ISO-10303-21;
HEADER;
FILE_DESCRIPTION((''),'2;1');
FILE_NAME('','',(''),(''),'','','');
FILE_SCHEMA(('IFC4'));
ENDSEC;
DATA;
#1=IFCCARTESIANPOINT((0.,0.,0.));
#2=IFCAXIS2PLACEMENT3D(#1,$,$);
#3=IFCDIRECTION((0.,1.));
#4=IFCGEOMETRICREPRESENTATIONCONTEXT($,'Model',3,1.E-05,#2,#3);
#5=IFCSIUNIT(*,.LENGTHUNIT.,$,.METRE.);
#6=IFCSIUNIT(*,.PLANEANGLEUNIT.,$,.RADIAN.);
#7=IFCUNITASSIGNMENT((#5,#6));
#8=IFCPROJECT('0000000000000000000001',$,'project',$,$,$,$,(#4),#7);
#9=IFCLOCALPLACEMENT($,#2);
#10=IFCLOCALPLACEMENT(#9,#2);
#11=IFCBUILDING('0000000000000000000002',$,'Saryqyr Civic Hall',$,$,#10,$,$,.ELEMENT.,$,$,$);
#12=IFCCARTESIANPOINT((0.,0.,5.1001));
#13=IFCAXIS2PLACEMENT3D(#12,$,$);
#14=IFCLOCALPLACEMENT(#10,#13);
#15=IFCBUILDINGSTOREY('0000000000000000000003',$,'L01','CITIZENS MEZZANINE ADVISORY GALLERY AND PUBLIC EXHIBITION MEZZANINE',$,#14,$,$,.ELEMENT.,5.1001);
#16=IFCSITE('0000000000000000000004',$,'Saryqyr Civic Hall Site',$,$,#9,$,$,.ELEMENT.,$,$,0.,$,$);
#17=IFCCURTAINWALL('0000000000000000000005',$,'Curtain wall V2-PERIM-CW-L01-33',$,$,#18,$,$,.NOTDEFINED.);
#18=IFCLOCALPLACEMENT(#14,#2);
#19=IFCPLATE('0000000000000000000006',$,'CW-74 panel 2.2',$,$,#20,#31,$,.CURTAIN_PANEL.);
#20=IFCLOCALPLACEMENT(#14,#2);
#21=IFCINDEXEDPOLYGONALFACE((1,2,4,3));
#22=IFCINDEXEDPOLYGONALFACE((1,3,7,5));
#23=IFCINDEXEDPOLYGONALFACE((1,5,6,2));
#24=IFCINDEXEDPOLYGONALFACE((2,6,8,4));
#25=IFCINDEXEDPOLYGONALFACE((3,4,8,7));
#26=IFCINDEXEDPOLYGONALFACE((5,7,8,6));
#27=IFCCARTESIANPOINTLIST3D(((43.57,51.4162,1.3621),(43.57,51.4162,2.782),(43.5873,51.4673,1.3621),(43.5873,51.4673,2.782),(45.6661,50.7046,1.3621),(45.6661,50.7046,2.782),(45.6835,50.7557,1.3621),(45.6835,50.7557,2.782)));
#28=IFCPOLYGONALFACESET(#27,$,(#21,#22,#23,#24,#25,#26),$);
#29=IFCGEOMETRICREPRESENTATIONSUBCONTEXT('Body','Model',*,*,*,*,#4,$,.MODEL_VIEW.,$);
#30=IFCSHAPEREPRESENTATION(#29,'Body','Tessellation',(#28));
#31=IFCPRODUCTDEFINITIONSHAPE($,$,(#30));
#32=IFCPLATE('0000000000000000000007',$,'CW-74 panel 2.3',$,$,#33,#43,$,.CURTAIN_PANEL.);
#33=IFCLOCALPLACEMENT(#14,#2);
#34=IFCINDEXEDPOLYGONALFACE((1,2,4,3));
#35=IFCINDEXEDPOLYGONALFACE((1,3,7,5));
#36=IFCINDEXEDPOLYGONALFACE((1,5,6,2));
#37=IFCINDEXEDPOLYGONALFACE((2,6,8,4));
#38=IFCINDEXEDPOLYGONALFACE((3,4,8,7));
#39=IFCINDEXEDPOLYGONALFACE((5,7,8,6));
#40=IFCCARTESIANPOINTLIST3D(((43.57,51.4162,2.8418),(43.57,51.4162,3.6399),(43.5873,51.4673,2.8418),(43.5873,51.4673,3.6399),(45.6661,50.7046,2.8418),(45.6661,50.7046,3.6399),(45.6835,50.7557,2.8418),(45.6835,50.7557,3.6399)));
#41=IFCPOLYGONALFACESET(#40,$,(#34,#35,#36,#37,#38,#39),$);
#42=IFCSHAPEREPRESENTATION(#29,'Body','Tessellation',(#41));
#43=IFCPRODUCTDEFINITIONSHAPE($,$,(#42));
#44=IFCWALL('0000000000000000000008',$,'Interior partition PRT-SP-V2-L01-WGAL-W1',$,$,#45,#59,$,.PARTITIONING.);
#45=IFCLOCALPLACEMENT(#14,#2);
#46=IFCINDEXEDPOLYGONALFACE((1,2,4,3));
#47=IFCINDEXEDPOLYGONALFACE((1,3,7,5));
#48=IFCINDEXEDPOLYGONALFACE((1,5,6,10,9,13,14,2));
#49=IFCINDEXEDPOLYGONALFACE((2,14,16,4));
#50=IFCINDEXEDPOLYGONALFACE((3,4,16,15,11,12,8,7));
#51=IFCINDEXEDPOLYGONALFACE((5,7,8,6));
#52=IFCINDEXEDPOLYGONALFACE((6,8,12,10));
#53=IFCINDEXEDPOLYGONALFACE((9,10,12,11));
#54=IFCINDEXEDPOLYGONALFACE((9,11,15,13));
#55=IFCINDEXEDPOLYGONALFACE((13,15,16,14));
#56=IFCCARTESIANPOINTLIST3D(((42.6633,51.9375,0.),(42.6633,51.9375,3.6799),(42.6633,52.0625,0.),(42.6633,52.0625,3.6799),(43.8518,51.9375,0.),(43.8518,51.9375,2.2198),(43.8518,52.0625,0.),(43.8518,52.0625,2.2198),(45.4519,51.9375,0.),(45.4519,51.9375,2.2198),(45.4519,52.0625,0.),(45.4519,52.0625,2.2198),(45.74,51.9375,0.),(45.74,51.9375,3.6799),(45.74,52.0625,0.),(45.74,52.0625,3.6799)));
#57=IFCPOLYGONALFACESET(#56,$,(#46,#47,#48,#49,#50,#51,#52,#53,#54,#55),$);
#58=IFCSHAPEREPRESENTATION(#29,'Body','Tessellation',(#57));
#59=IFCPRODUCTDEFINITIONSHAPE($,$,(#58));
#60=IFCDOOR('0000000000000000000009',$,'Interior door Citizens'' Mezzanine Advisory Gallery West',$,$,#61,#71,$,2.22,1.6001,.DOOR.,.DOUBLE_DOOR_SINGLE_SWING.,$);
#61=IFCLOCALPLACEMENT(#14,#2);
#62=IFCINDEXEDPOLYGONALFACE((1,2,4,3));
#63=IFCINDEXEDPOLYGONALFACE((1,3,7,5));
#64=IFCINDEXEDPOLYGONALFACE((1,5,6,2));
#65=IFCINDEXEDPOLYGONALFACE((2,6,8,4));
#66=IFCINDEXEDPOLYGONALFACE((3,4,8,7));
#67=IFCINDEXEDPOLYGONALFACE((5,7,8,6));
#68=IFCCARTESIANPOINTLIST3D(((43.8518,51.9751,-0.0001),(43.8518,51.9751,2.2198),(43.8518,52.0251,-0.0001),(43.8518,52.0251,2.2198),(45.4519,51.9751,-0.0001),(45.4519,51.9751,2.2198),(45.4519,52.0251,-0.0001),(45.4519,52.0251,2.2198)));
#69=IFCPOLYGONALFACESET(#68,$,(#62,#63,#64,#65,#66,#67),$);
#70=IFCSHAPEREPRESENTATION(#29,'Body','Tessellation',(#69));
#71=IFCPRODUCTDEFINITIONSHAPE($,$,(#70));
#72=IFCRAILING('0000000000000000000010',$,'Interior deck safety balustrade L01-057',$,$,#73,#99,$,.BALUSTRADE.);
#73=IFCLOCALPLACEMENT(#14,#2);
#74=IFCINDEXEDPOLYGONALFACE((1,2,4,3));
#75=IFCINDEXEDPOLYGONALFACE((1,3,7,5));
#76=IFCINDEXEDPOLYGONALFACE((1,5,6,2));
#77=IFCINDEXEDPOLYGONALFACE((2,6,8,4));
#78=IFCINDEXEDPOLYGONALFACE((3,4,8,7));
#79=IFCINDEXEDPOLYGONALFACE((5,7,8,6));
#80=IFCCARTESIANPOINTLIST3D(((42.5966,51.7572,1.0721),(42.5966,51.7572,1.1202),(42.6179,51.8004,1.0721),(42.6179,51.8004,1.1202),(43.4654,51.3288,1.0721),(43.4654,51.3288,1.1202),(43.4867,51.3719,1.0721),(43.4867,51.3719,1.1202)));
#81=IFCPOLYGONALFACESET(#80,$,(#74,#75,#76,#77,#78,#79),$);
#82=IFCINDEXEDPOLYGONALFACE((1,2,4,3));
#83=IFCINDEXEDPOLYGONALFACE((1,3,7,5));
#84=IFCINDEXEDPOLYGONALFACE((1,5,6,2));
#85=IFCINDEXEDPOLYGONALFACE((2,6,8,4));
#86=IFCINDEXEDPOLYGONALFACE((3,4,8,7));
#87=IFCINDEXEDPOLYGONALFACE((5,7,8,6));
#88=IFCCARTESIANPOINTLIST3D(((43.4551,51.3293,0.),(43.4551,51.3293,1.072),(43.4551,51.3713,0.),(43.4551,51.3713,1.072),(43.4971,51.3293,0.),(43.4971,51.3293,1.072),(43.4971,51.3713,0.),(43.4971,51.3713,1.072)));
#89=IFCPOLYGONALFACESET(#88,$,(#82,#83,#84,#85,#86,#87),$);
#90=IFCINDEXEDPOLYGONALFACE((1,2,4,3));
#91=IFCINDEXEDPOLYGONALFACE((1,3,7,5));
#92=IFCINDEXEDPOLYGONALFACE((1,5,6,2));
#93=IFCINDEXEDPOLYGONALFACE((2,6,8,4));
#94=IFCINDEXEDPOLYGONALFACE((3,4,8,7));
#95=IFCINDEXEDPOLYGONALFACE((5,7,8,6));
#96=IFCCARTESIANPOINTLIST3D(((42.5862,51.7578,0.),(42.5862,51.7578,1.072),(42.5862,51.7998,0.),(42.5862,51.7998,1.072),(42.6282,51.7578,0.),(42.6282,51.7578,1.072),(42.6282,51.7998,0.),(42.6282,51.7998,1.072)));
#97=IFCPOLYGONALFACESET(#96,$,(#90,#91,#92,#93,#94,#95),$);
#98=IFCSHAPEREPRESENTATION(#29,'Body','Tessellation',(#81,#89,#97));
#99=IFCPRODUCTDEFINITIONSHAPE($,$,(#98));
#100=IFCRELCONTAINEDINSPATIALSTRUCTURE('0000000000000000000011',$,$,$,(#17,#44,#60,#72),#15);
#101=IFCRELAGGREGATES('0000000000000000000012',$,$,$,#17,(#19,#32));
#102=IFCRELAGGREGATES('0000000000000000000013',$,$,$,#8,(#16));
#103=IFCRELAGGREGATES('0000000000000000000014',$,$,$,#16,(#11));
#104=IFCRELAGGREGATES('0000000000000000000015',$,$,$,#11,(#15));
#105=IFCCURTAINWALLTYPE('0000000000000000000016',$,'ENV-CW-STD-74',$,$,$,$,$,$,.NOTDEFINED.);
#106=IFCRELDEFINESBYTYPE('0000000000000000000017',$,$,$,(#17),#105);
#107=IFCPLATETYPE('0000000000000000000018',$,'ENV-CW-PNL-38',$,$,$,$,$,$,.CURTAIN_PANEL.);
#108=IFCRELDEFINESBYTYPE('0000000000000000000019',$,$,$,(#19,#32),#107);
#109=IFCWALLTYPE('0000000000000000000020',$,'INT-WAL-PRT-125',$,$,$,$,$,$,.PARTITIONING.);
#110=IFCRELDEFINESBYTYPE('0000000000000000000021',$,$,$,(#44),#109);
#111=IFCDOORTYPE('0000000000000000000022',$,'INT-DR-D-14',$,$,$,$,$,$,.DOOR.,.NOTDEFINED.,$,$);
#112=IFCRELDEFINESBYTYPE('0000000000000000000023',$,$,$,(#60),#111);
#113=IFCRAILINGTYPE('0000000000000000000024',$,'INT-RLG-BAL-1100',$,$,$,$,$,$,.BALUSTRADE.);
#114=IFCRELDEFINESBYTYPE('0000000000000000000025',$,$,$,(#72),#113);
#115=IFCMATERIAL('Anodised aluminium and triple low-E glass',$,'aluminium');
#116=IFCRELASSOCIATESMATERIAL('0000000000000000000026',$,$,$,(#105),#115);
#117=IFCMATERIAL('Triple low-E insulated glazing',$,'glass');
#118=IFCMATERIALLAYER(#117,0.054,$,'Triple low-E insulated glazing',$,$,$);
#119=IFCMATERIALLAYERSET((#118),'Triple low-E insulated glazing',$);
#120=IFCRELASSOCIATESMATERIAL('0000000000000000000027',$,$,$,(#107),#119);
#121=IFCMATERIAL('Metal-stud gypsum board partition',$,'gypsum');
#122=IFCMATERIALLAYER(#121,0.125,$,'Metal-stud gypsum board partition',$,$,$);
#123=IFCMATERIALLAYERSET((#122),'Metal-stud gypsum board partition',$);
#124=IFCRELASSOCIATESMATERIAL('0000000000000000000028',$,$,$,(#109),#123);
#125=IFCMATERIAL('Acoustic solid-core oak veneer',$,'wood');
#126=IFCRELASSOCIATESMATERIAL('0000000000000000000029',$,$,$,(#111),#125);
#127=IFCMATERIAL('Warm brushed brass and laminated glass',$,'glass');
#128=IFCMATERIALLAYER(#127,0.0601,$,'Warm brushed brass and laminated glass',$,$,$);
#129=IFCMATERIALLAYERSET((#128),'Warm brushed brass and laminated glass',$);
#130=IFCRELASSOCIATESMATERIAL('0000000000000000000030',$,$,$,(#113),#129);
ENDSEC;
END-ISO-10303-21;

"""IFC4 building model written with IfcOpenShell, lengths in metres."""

from ifc_helpers import new_model, si_unit, direction, frame, frame_2d, origin, origin_2d, place, context, subcontext, project, spatial, rectangle, extrude, material, layer, layer_set, type_object, element, fill, aggregate, save


model = new_model("IFC4")

# Units and contexts
model_context = context("Model", 3, precision=1e-05, world=origin(), true_north=direction((0.0, 1.0)))
body_context = subcontext(model_context, "Body", "Model", "MODEL_VIEW")
ifc_project = project(units=[si_unit("LENGTHUNIT", "METRE"), si_unit("PLANEANGLEUNIT", "RADIAN")], contexts=[model_context])

# Site, building, storey
site_placement = place(None, origin())
site = spatial("IfcSite", under=ifc_project, at=site_placement, Name="Saryqyr Civic Hall Site", CompositionType="ELEMENT", RefElevation=0.0)
building_placement = place(site_placement, origin())
building = spatial("IfcBuilding", under=site, at=building_placement, Name="Saryqyr Civic Hall", CompositionType="ELEMENT")
storey_placement = place(building_placement, frame((0.0, 0.0, 5.1001)))
storey = spatial("IfcBuildingStorey", under=building, at=storey_placement, Name="L01", Description="CITIZENS MEZZANINE ADVISORY GALLERY AND PUBLIC EXHIBITION MEZZANINE", CompositionType="ELEMENT", Elevation=5.1001)

# Curtain wall
ifc_material_1 = material(Name="Anodised aluminium and triple low-E glass", Category="aluminium")
curtain_wall_type_1 = type_object("IfcCurtainWallType", Name="ENV-CW-STD-74", PredefinedType="NOTDEFINED", material=ifc_material_1)
curtain_wall_1_placement = place(storey_placement, origin())
curtain_wall_1 = element("IfcCurtainWall", 1, at=curtain_wall_1_placement, inside=storey, type_object=curtain_wall_type_1, Name="Curtain wall V2-PERIM-CW-L01-33", PredefinedType="NOTDEFINED")

# Plates
ifc_material_2 = material(Name="Triple low-E insulated glazing", Category="glass")
ifc_layer_1 = layer(ifc_material_2, 0.054, Name="Triple low-E insulated glazing")
ifc_layer_set_1 = layer_set([ifc_layer_1], Name="Triple low-E insulated glazing")
plate_type = type_object("IfcPlateType", Name="ENV-CW-PNL-38", PredefinedType="CURTAIN_PANEL", material=ifc_layer_set_1)
plate_1_placement = place(storey_placement, frame((44.6267, 51.0859, 1.3621), z_axis=(0.0, 0.0, 1.0), x_axis=(-0.946928, 0.321445, 0.0)))
plate_1 = element("IfcPlate", 2, at=plate_1_placement, type_object=plate_type, Name="CW-74 panel 2.2", PredefinedType="CURTAIN_PANEL", context=body_context, shape_type="SweptSolid", body=[
    extrude(rectangle(XDim=2.2136, YDim=0.054, at=origin_2d()), origin(), (0.0, 0.0, 1.0), 1.4199),
])
plate_2_placement = place(storey_placement, frame((44.6267, 51.0859, 2.8418), z_axis=(0.0, 0.0, 1.0), x_axis=(-0.946928, 0.321445, 0.0)))
plate_2 = element("IfcPlate", 3, at=plate_2_placement, type_object=plate_type, Name="CW-74 panel 2.3", PredefinedType="CURTAIN_PANEL", context=body_context, shape_type="SweptSolid", body=[
    extrude(rectangle(XDim=2.2136, YDim=0.054, at=origin_2d()), origin(), (0.0, 0.0, 1.0), 0.7981),
])
aggregate(curtain_wall_1, [plate_1, plate_2])

# Wall, opening, door
ifc_material_3 = material(Name="Metal-stud gypsum board partition", Category="gypsum")
ifc_layer_2 = layer(ifc_material_3, 0.125, Name="Metal-stud gypsum board partition")
ifc_layer_set_2 = layer_set([ifc_layer_2], Name="Metal-stud gypsum board partition")
wall_type = type_object("IfcWallType", Name="INT-WAL-PRT-125", PredefinedType="PARTITIONING", material=ifc_layer_set_2)
wall_placement = place(storey_placement, frame((45.74, 52.0, 0.0), z_axis=(0.0, 0.0, 1.0), x_axis=(-1.0, 0.0, 0.0)))
wall = element("IfcWall", 4, at=wall_placement, inside=storey, type_object=wall_type, Name="Interior partition PRT-SP-V2-L01-WGAL-W1", PredefinedType="PARTITIONING", context=body_context, shape_type="SweptSolid", body=[
    extrude(rectangle(XDim=3.0767, YDim=0.125, at=frame_2d((1.5383, 0.0))), origin(), (0.0, 0.0, 1.0), 3.6799),
])
opening_placement = place(wall_placement, frame((0.2881, 0.0, 0.0)))
opening = element("IfcOpeningElement", 5, at=opening_placement, cuts=wall, PredefinedType="OPENING", context=body_context, shape_type="SweptSolid", body=[
    extrude(rectangle(XDim=1.6001, YDim=2.22, at=frame_2d((0.8, 1.1099))), frame((0.0, 0.0725, 0.0), z_axis=(0.0, -1.0, 0.0), x_axis=(1.0, 0.0, 0.0)), (0.0, 0.0, 1.0), 0.145),
])
ifc_material_4 = material(Name="Acoustic solid-core oak veneer", Category="wood")
door_type = type_object("IfcDoorType", Name="INT-DR-D-14", OperationType="NOTDEFINED", PredefinedType="DOOR", material=ifc_material_4)
door_placement = place(opening_placement, origin())
door = element("IfcDoor", 6, at=door_placement, inside=storey, type_object=door_type, Name="Interior door Citizens' Mezzanine Advisory Gallery West", OperationType="DOUBLE_DOOR_SINGLE_SWING", OverallHeight=2.22, OverallWidth=1.6001, PredefinedType="DOOR", context=body_context, shape_type="SweptSolid", body=[
    extrude(rectangle(XDim=1.6001, YDim=2.22, at=frame_2d((0.8, 1.1099))), frame((0.0, 0.0249, 0.0), z_axis=(0.0, -1.0, 0.0), x_axis=(1.0, 0.0, 0.0)), (0.0, 0.0, 1.0), 0.05),
])
fill(opening, door)

# Railing
ifc_material_5 = material(Name="Warm brushed brass and laminated glass", Category="glass")
ifc_layer_3 = layer(ifc_material_5, 0.0601, Name="Warm brushed brass and laminated glass")
ifc_layer_set_3 = layer_set([ifc_layer_3], Name="Warm brushed brass and laminated glass")
railing_type = type_object("IfcRailingType", Name="INT-RLG-BAL-1100", PredefinedType="BALUSTRADE", material=ifc_layer_set_3)
railing_placement = place(storey_placement, frame((43.4761, 51.3503, 0.0)))
element("IfcRailing", 7, at=railing_placement, inside=storey, type_object=railing_type, Name="Interior deck safety balustrade L01-057", PredefinedType="BALUSTRADE", context=body_context, shape_type="SweptSolid", body=[
    extrude(rectangle(XDim=0.0481, YDim=0.0481, at=origin_2d()), frame((0.0, 0.0, 1.0962), z_axis=(-0.896883, 0.442267, 0.0), x_axis=(-0.442267, -0.896883, 0.0)), (0.0, 0.0, 1.0), 0.9688),
    extrude(rectangle(XDim=0.042, YDim=0.042, at=origin_2d()), origin(), (0.0, 0.0, 1.0), 1.072),
    extrude(rectangle(XDim=0.042, YDim=0.042, at=origin_2d()), frame((-0.8689, 0.4285, 0.0)), (0.0, 0.0, 1.0), 1.072),
])

save(model, "model.ifc")
